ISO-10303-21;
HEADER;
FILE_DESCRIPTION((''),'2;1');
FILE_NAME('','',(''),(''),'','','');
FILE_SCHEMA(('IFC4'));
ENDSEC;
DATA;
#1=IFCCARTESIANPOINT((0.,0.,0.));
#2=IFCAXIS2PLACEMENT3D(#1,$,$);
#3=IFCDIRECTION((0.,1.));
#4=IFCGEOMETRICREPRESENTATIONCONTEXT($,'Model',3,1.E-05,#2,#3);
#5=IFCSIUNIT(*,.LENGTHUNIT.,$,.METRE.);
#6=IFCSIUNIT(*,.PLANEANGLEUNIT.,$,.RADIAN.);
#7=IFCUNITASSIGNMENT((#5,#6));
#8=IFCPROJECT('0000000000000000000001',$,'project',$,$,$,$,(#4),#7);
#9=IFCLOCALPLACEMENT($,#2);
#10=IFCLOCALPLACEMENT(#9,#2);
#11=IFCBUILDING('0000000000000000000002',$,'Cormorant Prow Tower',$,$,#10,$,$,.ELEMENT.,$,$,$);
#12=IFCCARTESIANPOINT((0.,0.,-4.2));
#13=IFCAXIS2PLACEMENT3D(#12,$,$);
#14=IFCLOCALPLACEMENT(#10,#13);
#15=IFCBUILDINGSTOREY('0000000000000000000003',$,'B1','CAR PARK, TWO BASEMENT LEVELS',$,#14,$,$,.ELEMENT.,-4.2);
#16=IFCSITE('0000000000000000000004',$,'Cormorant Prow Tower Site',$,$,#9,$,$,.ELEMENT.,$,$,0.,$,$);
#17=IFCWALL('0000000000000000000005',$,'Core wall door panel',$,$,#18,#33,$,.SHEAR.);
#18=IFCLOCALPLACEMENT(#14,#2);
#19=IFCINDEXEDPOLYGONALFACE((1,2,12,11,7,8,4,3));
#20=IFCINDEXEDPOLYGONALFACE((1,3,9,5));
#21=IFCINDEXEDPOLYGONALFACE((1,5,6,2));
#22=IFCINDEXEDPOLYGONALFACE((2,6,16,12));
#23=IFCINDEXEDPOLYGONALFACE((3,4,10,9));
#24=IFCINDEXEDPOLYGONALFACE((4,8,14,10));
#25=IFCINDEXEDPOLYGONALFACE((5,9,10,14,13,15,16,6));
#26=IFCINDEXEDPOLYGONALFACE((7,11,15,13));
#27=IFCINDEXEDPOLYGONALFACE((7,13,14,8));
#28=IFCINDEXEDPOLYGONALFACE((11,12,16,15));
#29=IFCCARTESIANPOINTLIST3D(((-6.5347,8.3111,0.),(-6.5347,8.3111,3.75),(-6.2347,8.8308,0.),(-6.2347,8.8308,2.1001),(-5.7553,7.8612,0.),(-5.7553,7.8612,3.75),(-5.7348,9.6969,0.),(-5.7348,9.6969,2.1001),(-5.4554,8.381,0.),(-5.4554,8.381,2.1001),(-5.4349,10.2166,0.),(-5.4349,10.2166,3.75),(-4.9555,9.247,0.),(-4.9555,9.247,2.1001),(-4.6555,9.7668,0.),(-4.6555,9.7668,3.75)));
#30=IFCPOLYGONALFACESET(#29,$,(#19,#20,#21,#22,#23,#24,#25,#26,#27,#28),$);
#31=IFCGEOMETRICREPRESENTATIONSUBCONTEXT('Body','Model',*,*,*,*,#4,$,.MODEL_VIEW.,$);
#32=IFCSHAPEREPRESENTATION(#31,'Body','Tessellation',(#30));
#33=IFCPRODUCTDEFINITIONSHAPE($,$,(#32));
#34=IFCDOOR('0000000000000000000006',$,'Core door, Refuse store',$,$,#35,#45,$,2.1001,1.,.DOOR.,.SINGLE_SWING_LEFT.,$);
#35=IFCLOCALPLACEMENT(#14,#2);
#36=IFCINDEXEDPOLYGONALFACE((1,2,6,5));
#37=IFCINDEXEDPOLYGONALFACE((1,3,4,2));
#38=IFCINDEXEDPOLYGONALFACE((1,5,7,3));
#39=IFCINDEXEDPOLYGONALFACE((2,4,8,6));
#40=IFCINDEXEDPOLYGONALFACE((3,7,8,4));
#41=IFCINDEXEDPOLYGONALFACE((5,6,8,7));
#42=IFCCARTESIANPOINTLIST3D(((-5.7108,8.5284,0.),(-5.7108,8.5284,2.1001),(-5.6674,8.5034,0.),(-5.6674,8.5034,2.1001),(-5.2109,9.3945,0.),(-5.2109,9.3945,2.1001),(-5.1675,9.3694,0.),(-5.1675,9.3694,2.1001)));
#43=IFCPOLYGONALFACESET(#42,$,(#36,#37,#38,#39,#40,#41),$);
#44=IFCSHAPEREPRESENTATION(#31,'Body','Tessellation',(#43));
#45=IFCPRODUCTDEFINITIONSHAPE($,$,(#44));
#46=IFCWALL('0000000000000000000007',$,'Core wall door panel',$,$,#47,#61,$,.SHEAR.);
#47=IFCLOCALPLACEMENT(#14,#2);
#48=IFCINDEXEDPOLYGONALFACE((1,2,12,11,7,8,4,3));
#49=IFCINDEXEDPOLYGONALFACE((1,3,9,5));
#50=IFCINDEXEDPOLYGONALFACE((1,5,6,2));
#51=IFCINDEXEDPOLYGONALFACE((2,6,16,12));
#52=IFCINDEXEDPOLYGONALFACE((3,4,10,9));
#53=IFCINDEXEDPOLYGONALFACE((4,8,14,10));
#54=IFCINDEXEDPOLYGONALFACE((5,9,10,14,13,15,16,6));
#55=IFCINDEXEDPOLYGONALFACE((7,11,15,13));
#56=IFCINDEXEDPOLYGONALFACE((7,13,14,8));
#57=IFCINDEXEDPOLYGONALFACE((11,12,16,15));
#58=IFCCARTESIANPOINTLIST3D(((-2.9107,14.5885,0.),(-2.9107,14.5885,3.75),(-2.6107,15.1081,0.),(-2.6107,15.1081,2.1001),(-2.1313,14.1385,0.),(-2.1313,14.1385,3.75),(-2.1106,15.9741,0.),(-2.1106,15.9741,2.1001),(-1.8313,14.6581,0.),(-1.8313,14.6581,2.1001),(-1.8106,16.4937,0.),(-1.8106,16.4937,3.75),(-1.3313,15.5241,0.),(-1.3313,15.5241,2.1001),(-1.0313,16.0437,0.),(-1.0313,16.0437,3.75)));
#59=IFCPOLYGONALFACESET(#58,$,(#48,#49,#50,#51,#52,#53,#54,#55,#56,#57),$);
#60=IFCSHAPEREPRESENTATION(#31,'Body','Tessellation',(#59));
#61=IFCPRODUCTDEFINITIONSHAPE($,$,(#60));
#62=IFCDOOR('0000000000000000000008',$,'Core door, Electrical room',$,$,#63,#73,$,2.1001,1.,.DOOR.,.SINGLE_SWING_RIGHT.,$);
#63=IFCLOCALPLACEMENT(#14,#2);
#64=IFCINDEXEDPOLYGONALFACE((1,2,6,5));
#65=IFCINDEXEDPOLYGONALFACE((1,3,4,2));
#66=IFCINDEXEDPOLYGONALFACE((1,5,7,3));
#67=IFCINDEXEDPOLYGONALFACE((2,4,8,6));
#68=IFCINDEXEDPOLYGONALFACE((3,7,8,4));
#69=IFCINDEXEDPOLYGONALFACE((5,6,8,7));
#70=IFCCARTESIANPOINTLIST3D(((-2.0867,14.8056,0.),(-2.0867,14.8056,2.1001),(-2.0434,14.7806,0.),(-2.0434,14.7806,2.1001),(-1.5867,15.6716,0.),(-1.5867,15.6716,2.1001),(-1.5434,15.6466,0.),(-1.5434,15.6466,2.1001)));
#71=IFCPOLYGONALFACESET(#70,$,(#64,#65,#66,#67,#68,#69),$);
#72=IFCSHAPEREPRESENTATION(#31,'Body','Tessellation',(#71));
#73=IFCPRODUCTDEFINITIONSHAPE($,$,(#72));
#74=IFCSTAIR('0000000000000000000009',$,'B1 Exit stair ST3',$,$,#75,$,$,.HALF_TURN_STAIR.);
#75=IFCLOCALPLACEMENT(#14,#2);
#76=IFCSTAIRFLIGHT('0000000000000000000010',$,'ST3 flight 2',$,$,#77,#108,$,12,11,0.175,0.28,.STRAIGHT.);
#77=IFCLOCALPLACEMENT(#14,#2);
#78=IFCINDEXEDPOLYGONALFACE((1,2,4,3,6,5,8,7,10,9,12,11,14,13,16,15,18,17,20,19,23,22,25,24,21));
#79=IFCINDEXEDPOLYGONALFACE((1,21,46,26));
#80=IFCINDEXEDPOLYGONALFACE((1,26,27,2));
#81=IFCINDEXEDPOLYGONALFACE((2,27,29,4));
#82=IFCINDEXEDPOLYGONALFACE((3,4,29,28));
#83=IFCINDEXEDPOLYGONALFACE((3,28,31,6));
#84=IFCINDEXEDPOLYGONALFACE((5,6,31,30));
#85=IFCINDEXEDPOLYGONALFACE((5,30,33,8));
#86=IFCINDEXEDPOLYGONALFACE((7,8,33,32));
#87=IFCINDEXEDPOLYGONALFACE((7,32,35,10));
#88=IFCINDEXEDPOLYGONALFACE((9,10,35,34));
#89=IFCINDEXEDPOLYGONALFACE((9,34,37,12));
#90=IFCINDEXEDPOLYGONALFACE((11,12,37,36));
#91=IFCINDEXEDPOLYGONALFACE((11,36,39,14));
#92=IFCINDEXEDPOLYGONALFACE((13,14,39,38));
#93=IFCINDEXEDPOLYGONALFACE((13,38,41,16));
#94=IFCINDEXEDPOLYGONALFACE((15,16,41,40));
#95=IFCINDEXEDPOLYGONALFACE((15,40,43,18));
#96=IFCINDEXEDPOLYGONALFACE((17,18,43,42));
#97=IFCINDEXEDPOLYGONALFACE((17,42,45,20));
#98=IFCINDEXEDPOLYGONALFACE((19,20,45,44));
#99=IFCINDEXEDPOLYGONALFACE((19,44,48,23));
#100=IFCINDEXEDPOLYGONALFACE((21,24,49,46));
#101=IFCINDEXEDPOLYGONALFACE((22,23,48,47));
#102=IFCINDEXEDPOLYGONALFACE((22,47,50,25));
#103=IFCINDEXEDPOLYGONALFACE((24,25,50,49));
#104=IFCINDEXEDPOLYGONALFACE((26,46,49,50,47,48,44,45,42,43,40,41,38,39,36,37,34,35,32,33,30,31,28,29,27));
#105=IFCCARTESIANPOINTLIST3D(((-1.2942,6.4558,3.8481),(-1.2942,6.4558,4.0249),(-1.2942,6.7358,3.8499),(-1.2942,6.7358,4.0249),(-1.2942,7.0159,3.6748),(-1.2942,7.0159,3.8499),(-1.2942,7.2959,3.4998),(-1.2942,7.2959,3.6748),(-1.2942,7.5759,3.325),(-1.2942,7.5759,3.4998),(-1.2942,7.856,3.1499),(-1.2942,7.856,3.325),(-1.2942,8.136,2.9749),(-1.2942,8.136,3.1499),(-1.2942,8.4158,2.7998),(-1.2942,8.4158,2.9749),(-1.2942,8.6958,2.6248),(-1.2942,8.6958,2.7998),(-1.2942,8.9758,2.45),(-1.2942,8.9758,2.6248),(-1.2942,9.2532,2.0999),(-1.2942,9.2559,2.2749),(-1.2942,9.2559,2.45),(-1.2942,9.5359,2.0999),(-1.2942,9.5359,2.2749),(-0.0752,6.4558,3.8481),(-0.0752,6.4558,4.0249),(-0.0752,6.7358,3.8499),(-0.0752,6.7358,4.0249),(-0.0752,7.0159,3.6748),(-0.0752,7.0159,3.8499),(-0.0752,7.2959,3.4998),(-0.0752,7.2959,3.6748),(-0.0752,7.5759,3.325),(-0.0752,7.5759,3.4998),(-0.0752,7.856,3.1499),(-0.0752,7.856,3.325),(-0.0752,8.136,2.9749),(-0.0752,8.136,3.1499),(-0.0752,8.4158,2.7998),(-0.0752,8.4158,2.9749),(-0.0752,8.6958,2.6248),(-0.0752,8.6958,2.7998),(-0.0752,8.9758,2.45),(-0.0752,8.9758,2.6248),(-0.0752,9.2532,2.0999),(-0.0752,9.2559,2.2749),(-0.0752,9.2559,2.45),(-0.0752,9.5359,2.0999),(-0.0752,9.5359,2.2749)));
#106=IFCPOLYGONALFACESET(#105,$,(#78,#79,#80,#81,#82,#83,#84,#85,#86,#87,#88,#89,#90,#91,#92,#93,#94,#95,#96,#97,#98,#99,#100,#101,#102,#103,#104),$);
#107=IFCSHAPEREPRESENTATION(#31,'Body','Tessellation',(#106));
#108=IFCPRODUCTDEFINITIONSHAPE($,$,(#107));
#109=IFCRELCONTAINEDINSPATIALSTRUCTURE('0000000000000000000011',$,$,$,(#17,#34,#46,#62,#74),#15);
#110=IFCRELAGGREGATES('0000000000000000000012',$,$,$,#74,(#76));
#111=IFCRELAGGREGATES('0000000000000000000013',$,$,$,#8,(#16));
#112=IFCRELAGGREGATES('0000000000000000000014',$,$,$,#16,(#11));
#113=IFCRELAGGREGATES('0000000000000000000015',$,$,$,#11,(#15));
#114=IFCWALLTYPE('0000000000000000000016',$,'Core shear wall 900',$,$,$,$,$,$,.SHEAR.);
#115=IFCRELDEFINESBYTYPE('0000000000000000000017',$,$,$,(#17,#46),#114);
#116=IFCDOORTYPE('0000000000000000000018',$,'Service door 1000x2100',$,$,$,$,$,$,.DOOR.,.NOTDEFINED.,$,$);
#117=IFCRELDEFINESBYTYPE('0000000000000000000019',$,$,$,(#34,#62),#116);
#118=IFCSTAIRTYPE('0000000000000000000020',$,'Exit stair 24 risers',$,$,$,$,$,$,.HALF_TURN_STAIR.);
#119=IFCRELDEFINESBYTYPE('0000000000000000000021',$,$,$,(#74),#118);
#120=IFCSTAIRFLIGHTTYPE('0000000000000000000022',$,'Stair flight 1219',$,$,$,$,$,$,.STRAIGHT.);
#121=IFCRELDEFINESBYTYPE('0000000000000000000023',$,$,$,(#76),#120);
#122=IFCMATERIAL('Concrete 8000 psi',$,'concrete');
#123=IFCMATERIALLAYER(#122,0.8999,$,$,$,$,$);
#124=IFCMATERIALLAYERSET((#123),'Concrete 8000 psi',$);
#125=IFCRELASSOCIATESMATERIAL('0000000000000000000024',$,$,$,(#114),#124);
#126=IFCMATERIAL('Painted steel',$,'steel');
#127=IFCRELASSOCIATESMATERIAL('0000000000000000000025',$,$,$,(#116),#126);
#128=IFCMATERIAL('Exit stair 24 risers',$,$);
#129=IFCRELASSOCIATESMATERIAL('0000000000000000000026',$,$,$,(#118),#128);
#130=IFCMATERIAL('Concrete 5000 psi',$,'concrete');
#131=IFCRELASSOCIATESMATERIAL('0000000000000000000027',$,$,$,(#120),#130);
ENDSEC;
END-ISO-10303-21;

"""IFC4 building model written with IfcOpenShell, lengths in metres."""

from ifc_helpers import new_model, si_unit, direction, frame, frame_2d, origin, place, context, subcontext, project, spatial, polyline, rectangle, outline, extrude, material, layer, layer_set, type_object, element, fill, aggregate, save


model = new_model("IFC4")

# Units and contexts
model_context = context("Model", 3, precision=1e-05, world=origin(), true_north=direction((0.0, 1.0)))
body_context = subcontext(model_context, "Body", "Model", "MODEL_VIEW")
ifc_project = project(units=[si_unit("LENGTHUNIT", "METRE"), si_unit("PLANEANGLEUNIT", "RADIAN")], contexts=[model_context])

# Site, building, storey
site_placement = place(None, origin())
site = spatial("IfcSite", under=ifc_project, at=site_placement, Name="Cormorant Prow Tower Site", CompositionType="ELEMENT", RefElevation=0.0)
building_placement = place(site_placement, origin())
building = spatial("IfcBuilding", under=site, at=building_placement, Name="Cormorant Prow Tower", CompositionType="ELEMENT")
storey_placement = place(building_placement, frame((0.0, 0.0, -4.2)))
storey = spatial("IfcBuildingStorey", under=building, at=storey_placement, Name="B1", Description="CAR PARK, TWO BASEMENT LEVELS", CompositionType="ELEMENT", Elevation=-4.2)

# Shared definitions
ifc_material_1 = material(Name="Concrete 8000 psi", Category="concrete")
ifc_layer_1 = layer(ifc_material_1, 0.8999)
ifc_layer_set_1 = layer_set([ifc_layer_1], Name="Concrete 8000 psi")
wall_type_1 = type_object("IfcWallType", Name="Core shear wall 900", PredefinedType="SHEAR", material=ifc_layer_set_1)

# Walls, openings, doors
wall_1_placement = place(storey_placement, frame((-5.0452, 9.9917, 0.0), z_axis=(0.0, 0.0, 1.0), x_axis=(-0.499899, -0.866084, 0.0)))
wall_1 = element("IfcWall", 1, at=wall_1_placement, inside=storey, type_object=wall_type_1, Name="Core wall door panel", PredefinedType="SHEAR", context=body_context, shape_type="SweptSolid", body=[
    extrude(rectangle(XDim=2.2002, YDim=0.8999, at=frame_2d((1.1001, 0.0))), origin(), (0.0, 0.0, 1.0), 3.75),
])
opening_1_placement = place(wall_1_placement, frame((0.6001, 0.0, 0.0)))
opening_1 = element("IfcOpeningElement", 2, at=opening_1_placement, cuts=wall_1, PredefinedType="OPENING", context=body_context, shape_type="SweptSolid", body=[
    extrude(rectangle(XDim=1.0, YDim=2.1001, at=frame_2d((0.5, 1.05))), frame((0.0, 0.46, 0.0), z_axis=(0.0, -1.0, 0.0), x_axis=(1.0, 0.0, 0.0)), (0.0, 0.0, 1.0), 0.9199),
])
ifc_material_2 = material(Name="Painted steel", Category="steel")
door_type = type_object("IfcDoorType", Name="Service door 1000x2100", OperationType="NOTDEFINED", PredefinedType="DOOR", material=ifc_material_2)
door_1_placement = place(opening_1_placement, origin())
door_1 = element("IfcDoor", 3, at=door_1_placement, inside=storey, type_object=door_type, Name="Core door, Refuse store", OperationType="SINGLE_SWING_LEFT", OverallHeight=2.1001, OverallWidth=1.0, PredefinedType="DOOR", context=body_context, shape_type="SweptSolid", body=[
    extrude(rectangle(XDim=1.0, YDim=2.1001, at=frame_2d((0.5, 1.05))), frame((0.0, 0.2051, 0.0), z_axis=(0.0, -1.0, 0.0), x_axis=(1.0, 0.0, 0.0)), (0.0, 0.0, 1.0), 0.05),
])
fill(opening_1, door_1)
wall_2_placement = place(storey_placement, frame((-1.4209, 16.2688, 0.0), z_axis=(0.0, 0.0, 1.0), x_axis=(-0.50003, -0.866008, 0.0)))
wall_2 = element("IfcWall", 4, at=wall_2_placement, inside=storey, type_object=wall_type_1, Name="Core wall door panel", PredefinedType="SHEAR", context=body_context, shape_type="SweptSolid", body=[
    extrude(rectangle(XDim=2.2, YDim=0.8999, at=frame_2d((1.1001, 0.0))), origin(), (0.0, 0.0, 1.0), 3.75),
])
opening_2_placement = place(wall_2_placement, frame((0.6001, 0.0, 0.0)))
opening_2 = element("IfcOpeningElement", 5, at=opening_2_placement, cuts=wall_2, PredefinedType="OPENING", context=body_context, shape_type="SweptSolid", body=[
    extrude(rectangle(XDim=1.0, YDim=2.1001, at=frame_2d((0.5, 1.05))), frame((0.0, 0.46, 0.0), z_axis=(0.0, -1.0, 0.0), x_axis=(1.0, 0.0, 0.0)), (0.0, 0.0, 1.0), 0.9199),
])
door_2_placement = place(opening_2_placement, origin())
door_2 = element("IfcDoor", 6, at=door_2_placement, inside=storey, type_object=door_type, Name="Core door, Electrical room", OperationType="SINGLE_SWING_RIGHT", OverallHeight=2.1001, OverallWidth=1.0, PredefinedType="DOOR", context=body_context, shape_type="SweptSolid", body=[
    extrude(rectangle(XDim=1.0, YDim=2.1001, at=frame_2d((0.5, 1.05))), frame((0.0, 0.2051, 0.0), z_axis=(0.0, -1.0, 0.0), x_axis=(1.0, 0.0, 0.0)), (0.0, 0.0, 1.0), 0.05),
])
fill(opening_2, door_2)

# Stair, stair flight
ifc_material_3 = material(Name="Exit stair 24 risers")
stair_type = type_object("IfcStairType", Name="Exit stair 24 risers", PredefinedType="HALF_TURN_STAIR", material=ifc_material_3)
stair_placement = place(storey_placement, origin())
stair = element("IfcStair", 7, at=stair_placement, inside=storey, type_object=stair_type, Name="B1 Exit stair ST3", PredefinedType="HALF_TURN_STAIR")
ifc_material_4 = material(Name="Concrete 5000 psi", Category="concrete")
stair_flight_type = type_object("IfcStairFlightType", Name="Stair flight 1219", PredefinedType="STRAIGHT", material=ifc_material_4)
stair_flight_placement = place(storey_placement, frame((-0.6846, 9.5359, 2.0999), z_axis=(0.0, 0.0, 1.0), x_axis=(0.0, -1.0, 0.0)))
stair_flight = element("IfcStairFlight", 8, at=stair_flight_placement, type_object=stair_flight_type, Name="ST3 flight 2", NumberOfRisers=12, NumberOfTreads=11, PredefinedType="STRAIGHT", RiserHeight=0.175, TreadLength=0.28, context=body_context, shape_type="SweptSolid", body=[
    extrude(outline(polyline([(0.0, 0.0), (0.0, 0.175), (0.28, 0.175), (0.28, 0.3501), (0.5601, 0.3501), (0.5601, 0.5249), (0.8401, 0.5249), (0.8401, 0.7), (1.1201, 0.7), (1.1201, 0.875), (1.3999, 0.875), (1.3999, 1.05), (1.6799, 1.05), (1.6799, 1.2251), (1.96, 1.2251), (1.96, 1.3999), (2.24, 1.3999), (2.24, 1.575), (2.52, 1.575), (2.52, 1.75), (2.8, 1.75), (2.8, 1.925), (3.0801, 1.925), (3.0801, 2.1001), (3.0801, 1.7483), (0.2827, 0.0), (0.0, 0.0)])), frame((0.0, 0.6094, 0.0), z_axis=(0.0, -1.0, 0.0), x_axis=(1.0, 0.0, 0.0)), (0.0, 0.0, 1.0), 1.219),
])
aggregate(stair, [stair_flight])

save(model, "model.ifc")
